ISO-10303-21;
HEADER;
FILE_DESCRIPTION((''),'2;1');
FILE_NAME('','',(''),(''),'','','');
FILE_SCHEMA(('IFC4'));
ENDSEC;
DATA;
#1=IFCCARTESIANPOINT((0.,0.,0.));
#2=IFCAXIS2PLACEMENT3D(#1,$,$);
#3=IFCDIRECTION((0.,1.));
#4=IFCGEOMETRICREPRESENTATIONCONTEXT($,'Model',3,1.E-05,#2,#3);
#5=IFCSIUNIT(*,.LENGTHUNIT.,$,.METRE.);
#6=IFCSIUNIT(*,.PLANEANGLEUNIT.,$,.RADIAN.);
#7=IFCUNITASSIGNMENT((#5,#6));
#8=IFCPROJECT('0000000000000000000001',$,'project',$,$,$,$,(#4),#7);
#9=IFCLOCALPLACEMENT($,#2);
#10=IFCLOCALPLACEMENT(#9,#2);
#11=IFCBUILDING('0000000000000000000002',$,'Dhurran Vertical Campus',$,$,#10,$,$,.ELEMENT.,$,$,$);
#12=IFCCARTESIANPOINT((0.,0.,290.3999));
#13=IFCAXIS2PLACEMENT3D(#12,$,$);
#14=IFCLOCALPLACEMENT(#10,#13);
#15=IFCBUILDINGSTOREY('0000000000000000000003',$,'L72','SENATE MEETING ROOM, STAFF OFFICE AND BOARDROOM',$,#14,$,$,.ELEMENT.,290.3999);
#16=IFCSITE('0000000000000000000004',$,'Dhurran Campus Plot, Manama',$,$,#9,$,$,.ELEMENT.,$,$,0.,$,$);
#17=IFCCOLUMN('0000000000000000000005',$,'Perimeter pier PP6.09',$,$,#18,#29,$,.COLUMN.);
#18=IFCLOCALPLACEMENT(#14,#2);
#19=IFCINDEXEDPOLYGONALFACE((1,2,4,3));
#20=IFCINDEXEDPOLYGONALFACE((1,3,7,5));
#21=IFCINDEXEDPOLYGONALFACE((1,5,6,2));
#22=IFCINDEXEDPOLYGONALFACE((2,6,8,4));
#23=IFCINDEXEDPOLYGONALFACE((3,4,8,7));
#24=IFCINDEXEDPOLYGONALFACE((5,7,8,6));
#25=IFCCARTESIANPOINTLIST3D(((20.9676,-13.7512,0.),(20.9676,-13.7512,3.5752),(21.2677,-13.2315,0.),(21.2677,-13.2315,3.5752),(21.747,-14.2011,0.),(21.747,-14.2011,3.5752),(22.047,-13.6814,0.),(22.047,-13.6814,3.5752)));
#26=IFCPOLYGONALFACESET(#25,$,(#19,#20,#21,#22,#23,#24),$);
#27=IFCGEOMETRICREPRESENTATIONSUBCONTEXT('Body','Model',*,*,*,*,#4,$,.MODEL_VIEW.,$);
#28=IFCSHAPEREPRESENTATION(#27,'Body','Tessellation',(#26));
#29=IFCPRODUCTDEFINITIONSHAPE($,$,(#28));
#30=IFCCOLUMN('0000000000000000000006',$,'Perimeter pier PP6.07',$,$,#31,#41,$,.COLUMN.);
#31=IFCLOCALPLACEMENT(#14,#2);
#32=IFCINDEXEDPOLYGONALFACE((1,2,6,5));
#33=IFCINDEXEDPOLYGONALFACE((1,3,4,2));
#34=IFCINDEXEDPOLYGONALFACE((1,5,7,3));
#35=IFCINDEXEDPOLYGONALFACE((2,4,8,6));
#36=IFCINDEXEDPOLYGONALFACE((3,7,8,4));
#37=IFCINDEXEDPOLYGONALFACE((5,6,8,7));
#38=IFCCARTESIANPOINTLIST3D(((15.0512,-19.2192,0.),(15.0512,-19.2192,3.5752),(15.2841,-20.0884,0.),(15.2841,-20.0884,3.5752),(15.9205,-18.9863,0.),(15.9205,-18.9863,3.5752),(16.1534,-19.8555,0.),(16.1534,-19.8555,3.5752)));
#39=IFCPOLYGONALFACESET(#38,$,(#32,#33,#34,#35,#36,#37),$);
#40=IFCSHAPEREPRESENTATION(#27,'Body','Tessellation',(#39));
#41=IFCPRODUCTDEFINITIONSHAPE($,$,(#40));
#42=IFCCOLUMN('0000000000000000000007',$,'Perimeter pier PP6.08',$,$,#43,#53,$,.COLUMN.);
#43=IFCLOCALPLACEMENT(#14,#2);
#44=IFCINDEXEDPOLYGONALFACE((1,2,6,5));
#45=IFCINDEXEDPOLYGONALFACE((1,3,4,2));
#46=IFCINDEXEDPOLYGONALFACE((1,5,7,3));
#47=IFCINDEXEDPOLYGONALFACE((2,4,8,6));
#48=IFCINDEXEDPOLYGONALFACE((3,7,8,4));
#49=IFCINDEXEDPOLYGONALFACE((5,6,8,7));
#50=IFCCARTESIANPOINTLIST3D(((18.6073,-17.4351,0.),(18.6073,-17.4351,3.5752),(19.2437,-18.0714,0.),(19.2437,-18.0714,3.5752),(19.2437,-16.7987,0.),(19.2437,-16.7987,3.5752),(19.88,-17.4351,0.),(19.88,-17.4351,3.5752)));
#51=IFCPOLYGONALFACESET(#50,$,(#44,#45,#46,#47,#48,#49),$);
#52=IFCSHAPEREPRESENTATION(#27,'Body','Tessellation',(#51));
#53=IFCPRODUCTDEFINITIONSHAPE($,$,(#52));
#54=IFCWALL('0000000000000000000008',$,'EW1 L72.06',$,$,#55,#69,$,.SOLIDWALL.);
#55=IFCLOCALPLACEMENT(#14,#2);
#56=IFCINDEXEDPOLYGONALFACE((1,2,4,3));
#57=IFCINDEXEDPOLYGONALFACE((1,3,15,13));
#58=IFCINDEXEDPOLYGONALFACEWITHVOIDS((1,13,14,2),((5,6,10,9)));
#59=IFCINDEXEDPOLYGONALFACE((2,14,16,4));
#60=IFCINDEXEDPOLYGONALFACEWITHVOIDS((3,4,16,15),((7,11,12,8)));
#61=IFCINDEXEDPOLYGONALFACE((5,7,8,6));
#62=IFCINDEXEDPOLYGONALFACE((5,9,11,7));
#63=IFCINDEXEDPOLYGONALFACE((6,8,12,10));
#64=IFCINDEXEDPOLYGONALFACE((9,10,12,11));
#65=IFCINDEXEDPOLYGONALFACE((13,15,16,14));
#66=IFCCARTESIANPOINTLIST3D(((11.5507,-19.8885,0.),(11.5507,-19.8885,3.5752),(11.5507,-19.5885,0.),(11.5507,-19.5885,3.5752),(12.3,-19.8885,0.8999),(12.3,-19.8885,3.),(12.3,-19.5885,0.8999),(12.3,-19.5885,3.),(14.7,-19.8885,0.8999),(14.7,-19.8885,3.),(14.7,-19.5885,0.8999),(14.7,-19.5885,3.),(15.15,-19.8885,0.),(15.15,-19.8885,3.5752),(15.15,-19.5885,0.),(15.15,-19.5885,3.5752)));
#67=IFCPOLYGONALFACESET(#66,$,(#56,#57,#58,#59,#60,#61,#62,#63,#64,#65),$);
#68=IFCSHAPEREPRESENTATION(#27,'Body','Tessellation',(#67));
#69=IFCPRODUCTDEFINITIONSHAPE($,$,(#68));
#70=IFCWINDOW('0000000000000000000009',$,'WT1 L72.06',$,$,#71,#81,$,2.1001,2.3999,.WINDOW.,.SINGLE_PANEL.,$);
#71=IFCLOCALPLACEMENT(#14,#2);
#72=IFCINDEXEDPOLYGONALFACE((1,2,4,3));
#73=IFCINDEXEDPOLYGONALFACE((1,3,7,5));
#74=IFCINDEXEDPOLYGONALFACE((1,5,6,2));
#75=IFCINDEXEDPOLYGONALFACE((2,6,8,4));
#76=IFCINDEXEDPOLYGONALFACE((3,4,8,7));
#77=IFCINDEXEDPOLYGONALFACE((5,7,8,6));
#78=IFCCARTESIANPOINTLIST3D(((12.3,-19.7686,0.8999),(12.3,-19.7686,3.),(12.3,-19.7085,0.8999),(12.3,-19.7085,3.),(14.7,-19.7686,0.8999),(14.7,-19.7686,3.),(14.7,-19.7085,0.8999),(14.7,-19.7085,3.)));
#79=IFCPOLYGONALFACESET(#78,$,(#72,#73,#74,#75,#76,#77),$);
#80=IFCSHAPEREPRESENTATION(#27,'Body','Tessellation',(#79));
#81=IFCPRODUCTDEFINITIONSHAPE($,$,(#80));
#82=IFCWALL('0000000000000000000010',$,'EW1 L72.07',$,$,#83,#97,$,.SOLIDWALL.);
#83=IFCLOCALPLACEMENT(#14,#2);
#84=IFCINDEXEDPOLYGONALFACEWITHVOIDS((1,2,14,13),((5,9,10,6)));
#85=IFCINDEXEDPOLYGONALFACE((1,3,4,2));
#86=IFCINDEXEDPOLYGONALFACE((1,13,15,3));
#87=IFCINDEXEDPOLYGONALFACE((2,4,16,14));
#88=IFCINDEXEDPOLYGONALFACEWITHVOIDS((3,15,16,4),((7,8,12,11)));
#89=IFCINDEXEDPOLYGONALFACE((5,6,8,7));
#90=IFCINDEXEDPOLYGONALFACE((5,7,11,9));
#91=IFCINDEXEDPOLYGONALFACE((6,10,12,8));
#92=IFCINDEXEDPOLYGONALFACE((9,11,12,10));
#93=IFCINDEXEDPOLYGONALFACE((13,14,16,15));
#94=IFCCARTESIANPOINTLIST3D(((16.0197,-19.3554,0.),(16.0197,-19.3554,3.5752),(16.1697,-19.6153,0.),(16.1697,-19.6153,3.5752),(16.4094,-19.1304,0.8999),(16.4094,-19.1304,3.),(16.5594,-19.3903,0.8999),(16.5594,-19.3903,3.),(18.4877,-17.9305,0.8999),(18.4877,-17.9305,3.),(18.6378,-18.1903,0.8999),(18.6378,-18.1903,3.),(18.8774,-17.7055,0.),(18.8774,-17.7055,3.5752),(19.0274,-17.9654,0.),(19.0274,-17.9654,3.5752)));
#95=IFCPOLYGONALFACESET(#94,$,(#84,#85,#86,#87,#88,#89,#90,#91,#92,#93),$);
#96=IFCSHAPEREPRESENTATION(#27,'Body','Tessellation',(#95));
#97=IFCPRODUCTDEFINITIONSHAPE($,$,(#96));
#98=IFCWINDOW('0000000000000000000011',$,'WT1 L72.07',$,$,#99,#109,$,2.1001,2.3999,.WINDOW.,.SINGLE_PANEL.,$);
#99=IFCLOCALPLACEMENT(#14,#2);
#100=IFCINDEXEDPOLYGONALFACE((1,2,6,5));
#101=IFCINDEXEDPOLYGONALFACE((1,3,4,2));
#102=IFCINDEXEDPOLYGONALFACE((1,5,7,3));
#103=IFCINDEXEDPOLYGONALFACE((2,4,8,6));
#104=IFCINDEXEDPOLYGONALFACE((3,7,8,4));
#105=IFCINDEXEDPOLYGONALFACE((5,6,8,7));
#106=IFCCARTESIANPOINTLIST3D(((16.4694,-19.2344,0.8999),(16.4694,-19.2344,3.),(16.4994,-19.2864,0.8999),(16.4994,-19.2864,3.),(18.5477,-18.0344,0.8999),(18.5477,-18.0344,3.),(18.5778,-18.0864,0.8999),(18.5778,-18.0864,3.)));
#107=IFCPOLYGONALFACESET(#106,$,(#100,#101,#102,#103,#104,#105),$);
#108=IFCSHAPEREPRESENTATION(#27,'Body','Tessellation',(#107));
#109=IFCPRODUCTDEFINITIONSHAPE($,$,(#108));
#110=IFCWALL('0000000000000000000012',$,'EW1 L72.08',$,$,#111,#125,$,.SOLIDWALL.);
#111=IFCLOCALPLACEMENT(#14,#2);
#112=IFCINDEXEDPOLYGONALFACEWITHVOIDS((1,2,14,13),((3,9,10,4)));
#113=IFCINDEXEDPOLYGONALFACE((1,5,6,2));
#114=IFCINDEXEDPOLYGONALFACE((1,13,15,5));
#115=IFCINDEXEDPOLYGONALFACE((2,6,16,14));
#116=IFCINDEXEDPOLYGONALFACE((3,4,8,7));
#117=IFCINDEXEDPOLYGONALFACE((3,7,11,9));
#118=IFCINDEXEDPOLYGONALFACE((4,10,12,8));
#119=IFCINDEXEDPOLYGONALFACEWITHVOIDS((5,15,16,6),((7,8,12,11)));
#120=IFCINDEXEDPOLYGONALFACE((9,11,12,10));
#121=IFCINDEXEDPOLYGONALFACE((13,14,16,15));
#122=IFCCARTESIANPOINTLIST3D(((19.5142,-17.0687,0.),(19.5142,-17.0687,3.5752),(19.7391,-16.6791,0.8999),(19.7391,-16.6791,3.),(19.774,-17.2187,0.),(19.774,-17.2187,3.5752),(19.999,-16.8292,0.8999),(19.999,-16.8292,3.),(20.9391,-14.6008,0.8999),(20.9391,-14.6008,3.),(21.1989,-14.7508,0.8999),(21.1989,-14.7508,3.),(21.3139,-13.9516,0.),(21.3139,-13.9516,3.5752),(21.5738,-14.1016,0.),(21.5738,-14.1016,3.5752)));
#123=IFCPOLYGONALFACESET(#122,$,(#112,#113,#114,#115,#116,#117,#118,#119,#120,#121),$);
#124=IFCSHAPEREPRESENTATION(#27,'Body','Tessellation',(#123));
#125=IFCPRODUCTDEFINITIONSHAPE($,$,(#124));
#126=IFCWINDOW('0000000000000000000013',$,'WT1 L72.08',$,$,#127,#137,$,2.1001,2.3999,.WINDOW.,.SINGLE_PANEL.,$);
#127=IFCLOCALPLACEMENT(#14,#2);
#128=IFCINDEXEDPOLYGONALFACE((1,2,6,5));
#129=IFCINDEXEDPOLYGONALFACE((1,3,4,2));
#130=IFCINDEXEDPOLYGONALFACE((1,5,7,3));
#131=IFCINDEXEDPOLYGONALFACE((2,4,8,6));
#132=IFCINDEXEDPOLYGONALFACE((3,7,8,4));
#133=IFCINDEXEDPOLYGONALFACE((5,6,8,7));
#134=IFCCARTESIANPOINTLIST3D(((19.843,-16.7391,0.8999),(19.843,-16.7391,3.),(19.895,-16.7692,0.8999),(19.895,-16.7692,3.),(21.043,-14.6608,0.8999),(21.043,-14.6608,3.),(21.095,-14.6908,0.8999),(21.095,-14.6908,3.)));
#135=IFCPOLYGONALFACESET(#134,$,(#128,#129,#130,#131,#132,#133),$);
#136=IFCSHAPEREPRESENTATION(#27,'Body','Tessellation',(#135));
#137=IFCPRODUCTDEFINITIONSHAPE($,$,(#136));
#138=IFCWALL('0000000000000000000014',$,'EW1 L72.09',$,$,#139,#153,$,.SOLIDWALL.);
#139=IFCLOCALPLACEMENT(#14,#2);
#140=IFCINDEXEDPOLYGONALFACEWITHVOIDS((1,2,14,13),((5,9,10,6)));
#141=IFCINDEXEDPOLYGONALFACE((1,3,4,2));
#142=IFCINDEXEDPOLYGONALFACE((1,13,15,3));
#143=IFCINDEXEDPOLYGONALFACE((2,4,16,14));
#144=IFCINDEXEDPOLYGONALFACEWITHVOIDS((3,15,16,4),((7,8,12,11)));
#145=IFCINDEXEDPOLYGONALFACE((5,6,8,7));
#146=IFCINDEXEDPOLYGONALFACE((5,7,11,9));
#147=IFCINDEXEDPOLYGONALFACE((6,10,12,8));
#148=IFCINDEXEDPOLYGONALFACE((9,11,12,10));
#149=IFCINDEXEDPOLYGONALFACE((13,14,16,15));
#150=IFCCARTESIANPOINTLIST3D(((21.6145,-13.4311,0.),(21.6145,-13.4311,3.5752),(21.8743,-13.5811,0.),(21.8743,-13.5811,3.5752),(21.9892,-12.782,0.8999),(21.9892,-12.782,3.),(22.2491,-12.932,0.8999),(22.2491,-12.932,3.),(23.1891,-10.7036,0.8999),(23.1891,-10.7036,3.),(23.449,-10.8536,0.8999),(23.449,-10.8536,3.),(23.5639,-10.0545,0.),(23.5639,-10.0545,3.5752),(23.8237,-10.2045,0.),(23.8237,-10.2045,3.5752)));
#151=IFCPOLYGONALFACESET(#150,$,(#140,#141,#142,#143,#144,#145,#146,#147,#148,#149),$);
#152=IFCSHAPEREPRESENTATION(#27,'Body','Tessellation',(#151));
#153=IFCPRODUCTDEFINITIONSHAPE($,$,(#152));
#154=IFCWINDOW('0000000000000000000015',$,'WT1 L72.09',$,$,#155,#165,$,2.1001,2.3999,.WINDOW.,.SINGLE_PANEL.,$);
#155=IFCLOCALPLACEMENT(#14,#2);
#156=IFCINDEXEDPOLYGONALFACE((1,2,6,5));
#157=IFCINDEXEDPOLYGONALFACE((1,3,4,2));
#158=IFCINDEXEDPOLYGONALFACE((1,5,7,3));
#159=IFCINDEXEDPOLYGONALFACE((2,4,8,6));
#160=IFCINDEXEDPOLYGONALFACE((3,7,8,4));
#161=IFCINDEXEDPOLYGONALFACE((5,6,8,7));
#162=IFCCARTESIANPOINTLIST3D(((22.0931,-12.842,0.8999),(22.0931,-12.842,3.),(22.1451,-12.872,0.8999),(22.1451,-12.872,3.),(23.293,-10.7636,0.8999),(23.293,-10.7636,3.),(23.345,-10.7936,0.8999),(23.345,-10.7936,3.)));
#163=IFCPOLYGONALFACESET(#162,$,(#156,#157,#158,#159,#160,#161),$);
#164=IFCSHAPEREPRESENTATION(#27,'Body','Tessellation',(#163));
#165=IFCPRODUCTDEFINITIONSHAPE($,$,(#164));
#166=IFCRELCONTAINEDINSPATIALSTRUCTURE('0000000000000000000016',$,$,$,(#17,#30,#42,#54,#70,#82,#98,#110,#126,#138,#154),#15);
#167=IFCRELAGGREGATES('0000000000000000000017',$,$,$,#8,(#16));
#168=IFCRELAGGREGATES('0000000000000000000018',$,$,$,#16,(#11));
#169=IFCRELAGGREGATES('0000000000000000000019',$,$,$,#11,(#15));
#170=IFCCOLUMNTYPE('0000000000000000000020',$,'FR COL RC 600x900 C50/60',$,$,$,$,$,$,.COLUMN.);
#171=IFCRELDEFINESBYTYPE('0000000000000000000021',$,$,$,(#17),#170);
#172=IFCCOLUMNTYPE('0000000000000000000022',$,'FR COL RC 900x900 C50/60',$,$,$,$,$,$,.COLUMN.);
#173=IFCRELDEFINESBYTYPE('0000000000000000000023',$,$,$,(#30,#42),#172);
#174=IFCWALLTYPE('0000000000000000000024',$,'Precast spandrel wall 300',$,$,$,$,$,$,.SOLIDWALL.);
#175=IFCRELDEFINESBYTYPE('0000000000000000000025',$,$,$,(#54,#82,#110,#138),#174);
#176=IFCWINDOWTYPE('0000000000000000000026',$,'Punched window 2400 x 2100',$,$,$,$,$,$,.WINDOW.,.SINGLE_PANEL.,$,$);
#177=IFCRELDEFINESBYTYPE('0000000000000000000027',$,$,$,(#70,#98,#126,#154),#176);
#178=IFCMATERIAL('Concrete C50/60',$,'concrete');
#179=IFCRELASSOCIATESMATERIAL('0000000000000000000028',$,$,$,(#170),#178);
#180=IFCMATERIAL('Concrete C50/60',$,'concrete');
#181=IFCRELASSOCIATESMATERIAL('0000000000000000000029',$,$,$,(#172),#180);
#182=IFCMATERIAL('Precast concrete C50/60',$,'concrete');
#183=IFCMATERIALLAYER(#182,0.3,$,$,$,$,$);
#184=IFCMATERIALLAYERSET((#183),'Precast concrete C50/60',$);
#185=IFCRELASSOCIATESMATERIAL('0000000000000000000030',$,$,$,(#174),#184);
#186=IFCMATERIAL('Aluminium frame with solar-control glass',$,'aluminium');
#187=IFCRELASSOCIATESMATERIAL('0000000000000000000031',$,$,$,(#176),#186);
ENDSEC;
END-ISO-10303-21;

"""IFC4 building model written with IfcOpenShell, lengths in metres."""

from ifc_helpers import new_model, si_unit, direction, frame, frame_2d, origin, origin_2d, place, context, subcontext, project, spatial, rectangle, extrude, material, layer, layer_set, material_profile, profile_set, type_object, element, fill, save


model = new_model("IFC4")

# Units and contexts
model_context = context("Model", 3, precision=1e-05, world=origin(), true_north=direction((0.0, 1.0)))
body_context = subcontext(model_context, "Body", "Model", "MODEL_VIEW")
ifc_project = project(units=[si_unit("LENGTHUNIT", "METRE"), si_unit("PLANEANGLEUNIT", "RADIAN")], contexts=[model_context])

# Site, building, storey
site_placement = place(None, origin())
site = spatial("IfcSite", under=ifc_project, at=site_placement, Name="Dhurran Campus Plot, Manama", CompositionType="ELEMENT", RefElevation=0.0)
building_placement = place(site_placement, origin())
building = spatial("IfcBuilding", under=site, at=building_placement, Name="Dhurran Vertical Campus", CompositionType="ELEMENT")
storey_placement = place(building_placement, frame((0.0, 0.0, 290.3999)))
storey = spatial("IfcBuildingStorey", under=building, at=storey_placement, Name="L72", Description="SENATE MEETING ROOM, STAFF OFFICE AND BOARDROOM", CompositionType="ELEMENT", Elevation=290.3999)

# Columns
ifc_material_1 = material(Name="Concrete C50/60", Category="concrete")
ifc_material_profile_1 = material_profile(ifc_material_1, rectangle(XDim=0.6001, YDim=0.8999, at=origin_2d()), Name="RC 600x900")
ifc_profile_set_1 = profile_set([ifc_material_profile_1], Name="Concrete C50/60")
column_type_1 = type_object("IfcColumnType", Name="FR COL RC 600x900 C50/60", PredefinedType="COLUMN", material=ifc_profile_set_1)
column_placement = place(storey_placement, frame((21.5073, -13.7163, 0.0), z_axis=(0.0, 0.0, 1.0), x_axis=(0.5, 0.866025, 0.0)))
element("IfcColumn", 1, at=column_placement, inside=storey, type_object=column_type_1, Name="Perimeter pier PP6.09", PredefinedType="COLUMN", context=body_context, shape_type="SweptSolid", body=[
    extrude(rectangle(XDim=0.6001, YDim=0.8999, at=origin_2d()), origin(), (0.0, 0.0, 1.0), 3.5752),
])
ifc_material_2 = material(Name="Concrete C50/60", Category="concrete")
ifc_material_profile_2 = material_profile(ifc_material_2, rectangle(XDim=0.8999, YDim=0.8999, at=origin_2d()), Name="RC 900x900")
ifc_profile_set_2 = profile_set([ifc_material_profile_2], Name="Concrete C50/60")
column_type_2 = type_object("IfcColumnType", Name="FR COL RC 900x900 C50/60", PredefinedType="COLUMN", material=ifc_profile_set_2)
for number, where, z_axis, x_axis, name in (
    (2, (15.6023, -19.5374, 0.0), (0.0, 0.0, 1.0), (0.965926, 0.258819, 0.0), "Perimeter pier PP6.07"),
    (3, (19.2437, -17.4351, 0.0), (0.0, 0.0, 1.0), (0.707107, 0.707107, 0.0), "Perimeter pier PP6.08"),
):
    element("IfcColumn", number, at=place(storey_placement, frame(where, z_axis=z_axis, x_axis=x_axis)), inside=storey, type_object=column_type_2, Name=name, PredefinedType="COLUMN", context=body_context, shape_type="SweptSolid", body=[
        extrude(rectangle(XDim=0.8999, YDim=0.8999, at=origin_2d()), origin(), (0.0, 0.0, 1.0), 3.5752),
    ])

# Walls, openings, windows
ifc_material_3 = material(Name="Precast concrete C50/60", Category="concrete")
ifc_layer_1 = layer(ifc_material_3, 0.3)
ifc_layer_set_1 = layer_set([ifc_layer_1], Name="Precast concrete C50/60")
wall_type_1 = type_object("IfcWallType", Name="Precast spandrel wall 300", PredefinedType="SOLIDWALL", material=ifc_layer_set_1)
wall_1_placement = place(storey_placement, frame((11.5505, -19.7385, 0.0), z_axis=(0.0, 0.0, 1.0), x_axis=(1.0, 0.0, 0.0)))
wall_1 = element("IfcWall", 4, at=wall_1_placement, inside=storey, type_object=wall_type_1, Name="EW1 L72.06", PredefinedType="SOLIDWALL", context=body_context, shape_type="SweptSolid", body=[
    extrude(rectangle(XDim=3.5994, YDim=0.3, at=frame_2d((1.7998, 0.0))), origin(), (0.0, 0.0, 1.0), 3.5752),
])
opening_1_placement = place(wall_1_placement, frame((0.7495, 0.0, 0.8999)))
opening_1 = element("IfcOpeningElement", 5, at=opening_1_placement, cuts=wall_1, PredefinedType="OPENING", context=body_context, shape_type="SweptSolid", body=[
    extrude(rectangle(XDim=2.3999, YDim=2.1001, at=frame_2d((1.2, 1.05))), frame((0.0, 0.1599, 0.0), z_axis=(0.0, -1.0, 0.0), x_axis=(1.0, 0.0, 0.0)), (0.0, 0.0, 1.0), 0.3201),
])
ifc_material_4 = material(Name="Aluminium frame with solar-control glass", Category="aluminium")
window_type = type_object("IfcWindowType", Name="Punched window 2400 x 2100", PartitioningType="SINGLE_PANEL", PredefinedType="WINDOW", material=ifc_material_4)
window_1_placement = place(opening_1_placement, origin())
window_1 = element("IfcWindow", 6, at=window_1_placement, inside=storey, type_object=window_type, Name="WT1 L72.06", OverallHeight=2.1001, OverallWidth=2.3999, PartitioningType="SINGLE_PANEL", PredefinedType="WINDOW", context=body_context, shape_type="SweptSolid", body=[
    extrude(rectangle(XDim=2.3999, YDim=2.1001, at=frame_2d((1.2, 1.05))), frame((0.0, 0.03, 0.0), z_axis=(0.0, -1.0, 0.0), x_axis=(1.0, 0.0, 0.0)), (0.0, 0.0, 1.0), 0.0601),
])
fill(opening_1, window_1)
wall_2_placement = place(storey_placement, frame((16.0947, -19.4854, 0.0), z_axis=(0.0, 0.0, 1.0), x_axis=(0.866022, 0.500006, 0.0)))
wall_2 = element("IfcWall", 7, at=wall_2_placement, inside=storey, type_object=wall_type_1, Name="EW1 L72.07", PredefinedType="SOLIDWALL", context=body_context, shape_type="SweptSolid", body=[
    extrude(rectangle(XDim=3.2998, YDim=0.3, at=frame_2d((1.6499, 0.0))), origin(), (0.0, 0.0, 1.0), 3.5752),
])
opening_2_placement = place(wall_2_placement, frame((0.45, 0.0, 0.8999)))
opening_2 = element("IfcOpeningElement", 8, at=opening_2_placement, cuts=wall_2, PredefinedType="OPENING", context=body_context, shape_type="SweptSolid", body=[
    extrude(rectangle(XDim=2.3999, YDim=2.1001, at=frame_2d((1.2, 1.05))), frame((0.0, 0.1599, 0.0), z_axis=(0.0, -1.0, 0.0), x_axis=(1.0, 0.0, 0.0)), (0.0, 0.0, 1.0), 0.3201),
])
window_2_placement = place(opening_2_placement, origin())
window_2 = element("IfcWindow", 9, at=window_2_placement, inside=storey, type_object=window_type, Name="WT1 L72.07", OverallHeight=2.1001, OverallWidth=2.3999, PartitioningType="SINGLE_PANEL", PredefinedType="WINDOW", context=body_context, shape_type="SweptSolid", body=[
    extrude(rectangle(XDim=2.3999, YDim=2.1001, at=frame_2d((1.2, 1.05))), frame((0.0, 0.03, 0.0), z_axis=(0.0, -1.0, 0.0), x_axis=(1.0, 0.0, 0.0)), (0.0, 0.0, 1.0), 0.0601),
])
fill(opening_2, window_2)
wall_3_placement = place(storey_placement, frame((19.644, -17.1438, 0.0), z_axis=(0.0, 0.0, 1.0), x_axis=(0.50002, 0.866014, 0.0)))
wall_3 = element("IfcWall", 10, at=wall_3_placement, inside=storey, type_object=wall_type_1, Name="EW1 L72.08", PredefinedType="SOLIDWALL", context=body_context, shape_type="SweptSolid", body=[
    extrude(rectangle(XDim=3.5994, YDim=0.3, at=frame_2d((1.7998, 0.0))), origin(), (0.0, 0.0, 1.0), 3.5752),
])
opening_3_placement = place(wall_3_placement, frame((0.45, 0.0, 0.8999)))
opening_3 = element("IfcOpeningElement", 11, at=opening_3_placement, cuts=wall_3, PredefinedType="OPENING", context=body_context, shape_type="SweptSolid", body=[
    extrude(rectangle(XDim=2.3999, YDim=2.1001, at=frame_2d((1.2, 1.05))), frame((0.0, 0.1599, 0.0), z_axis=(0.0, -1.0, 0.0), x_axis=(1.0, 0.0, 0.0)), (0.0, 0.0, 1.0), 0.3201),
])
window_3_placement = place(opening_3_placement, origin())
window_3 = element("IfcWindow", 12, at=window_3_placement, inside=storey, type_object=window_type, Name="WT1 L72.08", OverallHeight=2.1001, OverallWidth=2.3999, PartitioningType="SINGLE_PANEL", PredefinedType="WINDOW", context=body_context, shape_type="SweptSolid", body=[
    extrude(rectangle(XDim=2.3999, YDim=2.1001, at=frame_2d((1.2, 1.05))), frame((0.0, 0.03, 0.0), z_axis=(0.0, -1.0, 0.0), x_axis=(1.0, 0.0, 0.0)), (0.0, 0.0, 1.0), 0.0601),
])
fill(opening_3, window_3)
wall_4_placement = place(storey_placement, frame((21.7444, -13.5061, 0.0), z_axis=(0.0, 0.0, 1.0), x_axis=(0.499984, 0.866034, 0.0)))
wall_4 = element("IfcWall", 13, at=wall_4_placement, inside=storey, type_object=wall_type_1, Name="EW1 L72.09", PredefinedType="SOLIDWALL", context=body_context, shape_type="SweptSolid", body=[
    extrude(rectangle(XDim=3.8989, YDim=0.3, at=frame_2d((1.9495, 0.0))), origin(), (0.0, 0.0, 1.0), 3.5752),
])
opening_4_placement = place(wall_4_placement, frame((0.7495, 0.0, 0.8999)))
opening_4 = element("IfcOpeningElement", 14, at=opening_4_placement, cuts=wall_4, PredefinedType="OPENING", context=body_context, shape_type="SweptSolid", body=[
    extrude(rectangle(XDim=2.3999, YDim=2.1001, at=frame_2d((1.2, 1.05))), frame((0.0, 0.1599, 0.0), z_axis=(0.0, -1.0, 0.0), x_axis=(1.0, 0.0, 0.0)), (0.0, 0.0, 1.0), 0.3201),
])
window_4_placement = place(opening_4_placement, origin())
window_4 = element("IfcWindow", 15, at=window_4_placement, inside=storey, type_object=window_type, Name="WT1 L72.09", OverallHeight=2.1001, OverallWidth=2.3999, PartitioningType="SINGLE_PANEL", PredefinedType="WINDOW", context=body_context, shape_type="SweptSolid", body=[
    extrude(rectangle(XDim=2.3999, YDim=2.1001, at=frame_2d((1.2, 1.05))), frame((0.0, 0.03, 0.0), z_axis=(0.0, -1.0, 0.0), x_axis=(1.0, 0.0, 0.0)), (0.0, 0.0, 1.0), 0.0601),
])
fill(opening_4, window_4)

save(model, "model.ifc")
